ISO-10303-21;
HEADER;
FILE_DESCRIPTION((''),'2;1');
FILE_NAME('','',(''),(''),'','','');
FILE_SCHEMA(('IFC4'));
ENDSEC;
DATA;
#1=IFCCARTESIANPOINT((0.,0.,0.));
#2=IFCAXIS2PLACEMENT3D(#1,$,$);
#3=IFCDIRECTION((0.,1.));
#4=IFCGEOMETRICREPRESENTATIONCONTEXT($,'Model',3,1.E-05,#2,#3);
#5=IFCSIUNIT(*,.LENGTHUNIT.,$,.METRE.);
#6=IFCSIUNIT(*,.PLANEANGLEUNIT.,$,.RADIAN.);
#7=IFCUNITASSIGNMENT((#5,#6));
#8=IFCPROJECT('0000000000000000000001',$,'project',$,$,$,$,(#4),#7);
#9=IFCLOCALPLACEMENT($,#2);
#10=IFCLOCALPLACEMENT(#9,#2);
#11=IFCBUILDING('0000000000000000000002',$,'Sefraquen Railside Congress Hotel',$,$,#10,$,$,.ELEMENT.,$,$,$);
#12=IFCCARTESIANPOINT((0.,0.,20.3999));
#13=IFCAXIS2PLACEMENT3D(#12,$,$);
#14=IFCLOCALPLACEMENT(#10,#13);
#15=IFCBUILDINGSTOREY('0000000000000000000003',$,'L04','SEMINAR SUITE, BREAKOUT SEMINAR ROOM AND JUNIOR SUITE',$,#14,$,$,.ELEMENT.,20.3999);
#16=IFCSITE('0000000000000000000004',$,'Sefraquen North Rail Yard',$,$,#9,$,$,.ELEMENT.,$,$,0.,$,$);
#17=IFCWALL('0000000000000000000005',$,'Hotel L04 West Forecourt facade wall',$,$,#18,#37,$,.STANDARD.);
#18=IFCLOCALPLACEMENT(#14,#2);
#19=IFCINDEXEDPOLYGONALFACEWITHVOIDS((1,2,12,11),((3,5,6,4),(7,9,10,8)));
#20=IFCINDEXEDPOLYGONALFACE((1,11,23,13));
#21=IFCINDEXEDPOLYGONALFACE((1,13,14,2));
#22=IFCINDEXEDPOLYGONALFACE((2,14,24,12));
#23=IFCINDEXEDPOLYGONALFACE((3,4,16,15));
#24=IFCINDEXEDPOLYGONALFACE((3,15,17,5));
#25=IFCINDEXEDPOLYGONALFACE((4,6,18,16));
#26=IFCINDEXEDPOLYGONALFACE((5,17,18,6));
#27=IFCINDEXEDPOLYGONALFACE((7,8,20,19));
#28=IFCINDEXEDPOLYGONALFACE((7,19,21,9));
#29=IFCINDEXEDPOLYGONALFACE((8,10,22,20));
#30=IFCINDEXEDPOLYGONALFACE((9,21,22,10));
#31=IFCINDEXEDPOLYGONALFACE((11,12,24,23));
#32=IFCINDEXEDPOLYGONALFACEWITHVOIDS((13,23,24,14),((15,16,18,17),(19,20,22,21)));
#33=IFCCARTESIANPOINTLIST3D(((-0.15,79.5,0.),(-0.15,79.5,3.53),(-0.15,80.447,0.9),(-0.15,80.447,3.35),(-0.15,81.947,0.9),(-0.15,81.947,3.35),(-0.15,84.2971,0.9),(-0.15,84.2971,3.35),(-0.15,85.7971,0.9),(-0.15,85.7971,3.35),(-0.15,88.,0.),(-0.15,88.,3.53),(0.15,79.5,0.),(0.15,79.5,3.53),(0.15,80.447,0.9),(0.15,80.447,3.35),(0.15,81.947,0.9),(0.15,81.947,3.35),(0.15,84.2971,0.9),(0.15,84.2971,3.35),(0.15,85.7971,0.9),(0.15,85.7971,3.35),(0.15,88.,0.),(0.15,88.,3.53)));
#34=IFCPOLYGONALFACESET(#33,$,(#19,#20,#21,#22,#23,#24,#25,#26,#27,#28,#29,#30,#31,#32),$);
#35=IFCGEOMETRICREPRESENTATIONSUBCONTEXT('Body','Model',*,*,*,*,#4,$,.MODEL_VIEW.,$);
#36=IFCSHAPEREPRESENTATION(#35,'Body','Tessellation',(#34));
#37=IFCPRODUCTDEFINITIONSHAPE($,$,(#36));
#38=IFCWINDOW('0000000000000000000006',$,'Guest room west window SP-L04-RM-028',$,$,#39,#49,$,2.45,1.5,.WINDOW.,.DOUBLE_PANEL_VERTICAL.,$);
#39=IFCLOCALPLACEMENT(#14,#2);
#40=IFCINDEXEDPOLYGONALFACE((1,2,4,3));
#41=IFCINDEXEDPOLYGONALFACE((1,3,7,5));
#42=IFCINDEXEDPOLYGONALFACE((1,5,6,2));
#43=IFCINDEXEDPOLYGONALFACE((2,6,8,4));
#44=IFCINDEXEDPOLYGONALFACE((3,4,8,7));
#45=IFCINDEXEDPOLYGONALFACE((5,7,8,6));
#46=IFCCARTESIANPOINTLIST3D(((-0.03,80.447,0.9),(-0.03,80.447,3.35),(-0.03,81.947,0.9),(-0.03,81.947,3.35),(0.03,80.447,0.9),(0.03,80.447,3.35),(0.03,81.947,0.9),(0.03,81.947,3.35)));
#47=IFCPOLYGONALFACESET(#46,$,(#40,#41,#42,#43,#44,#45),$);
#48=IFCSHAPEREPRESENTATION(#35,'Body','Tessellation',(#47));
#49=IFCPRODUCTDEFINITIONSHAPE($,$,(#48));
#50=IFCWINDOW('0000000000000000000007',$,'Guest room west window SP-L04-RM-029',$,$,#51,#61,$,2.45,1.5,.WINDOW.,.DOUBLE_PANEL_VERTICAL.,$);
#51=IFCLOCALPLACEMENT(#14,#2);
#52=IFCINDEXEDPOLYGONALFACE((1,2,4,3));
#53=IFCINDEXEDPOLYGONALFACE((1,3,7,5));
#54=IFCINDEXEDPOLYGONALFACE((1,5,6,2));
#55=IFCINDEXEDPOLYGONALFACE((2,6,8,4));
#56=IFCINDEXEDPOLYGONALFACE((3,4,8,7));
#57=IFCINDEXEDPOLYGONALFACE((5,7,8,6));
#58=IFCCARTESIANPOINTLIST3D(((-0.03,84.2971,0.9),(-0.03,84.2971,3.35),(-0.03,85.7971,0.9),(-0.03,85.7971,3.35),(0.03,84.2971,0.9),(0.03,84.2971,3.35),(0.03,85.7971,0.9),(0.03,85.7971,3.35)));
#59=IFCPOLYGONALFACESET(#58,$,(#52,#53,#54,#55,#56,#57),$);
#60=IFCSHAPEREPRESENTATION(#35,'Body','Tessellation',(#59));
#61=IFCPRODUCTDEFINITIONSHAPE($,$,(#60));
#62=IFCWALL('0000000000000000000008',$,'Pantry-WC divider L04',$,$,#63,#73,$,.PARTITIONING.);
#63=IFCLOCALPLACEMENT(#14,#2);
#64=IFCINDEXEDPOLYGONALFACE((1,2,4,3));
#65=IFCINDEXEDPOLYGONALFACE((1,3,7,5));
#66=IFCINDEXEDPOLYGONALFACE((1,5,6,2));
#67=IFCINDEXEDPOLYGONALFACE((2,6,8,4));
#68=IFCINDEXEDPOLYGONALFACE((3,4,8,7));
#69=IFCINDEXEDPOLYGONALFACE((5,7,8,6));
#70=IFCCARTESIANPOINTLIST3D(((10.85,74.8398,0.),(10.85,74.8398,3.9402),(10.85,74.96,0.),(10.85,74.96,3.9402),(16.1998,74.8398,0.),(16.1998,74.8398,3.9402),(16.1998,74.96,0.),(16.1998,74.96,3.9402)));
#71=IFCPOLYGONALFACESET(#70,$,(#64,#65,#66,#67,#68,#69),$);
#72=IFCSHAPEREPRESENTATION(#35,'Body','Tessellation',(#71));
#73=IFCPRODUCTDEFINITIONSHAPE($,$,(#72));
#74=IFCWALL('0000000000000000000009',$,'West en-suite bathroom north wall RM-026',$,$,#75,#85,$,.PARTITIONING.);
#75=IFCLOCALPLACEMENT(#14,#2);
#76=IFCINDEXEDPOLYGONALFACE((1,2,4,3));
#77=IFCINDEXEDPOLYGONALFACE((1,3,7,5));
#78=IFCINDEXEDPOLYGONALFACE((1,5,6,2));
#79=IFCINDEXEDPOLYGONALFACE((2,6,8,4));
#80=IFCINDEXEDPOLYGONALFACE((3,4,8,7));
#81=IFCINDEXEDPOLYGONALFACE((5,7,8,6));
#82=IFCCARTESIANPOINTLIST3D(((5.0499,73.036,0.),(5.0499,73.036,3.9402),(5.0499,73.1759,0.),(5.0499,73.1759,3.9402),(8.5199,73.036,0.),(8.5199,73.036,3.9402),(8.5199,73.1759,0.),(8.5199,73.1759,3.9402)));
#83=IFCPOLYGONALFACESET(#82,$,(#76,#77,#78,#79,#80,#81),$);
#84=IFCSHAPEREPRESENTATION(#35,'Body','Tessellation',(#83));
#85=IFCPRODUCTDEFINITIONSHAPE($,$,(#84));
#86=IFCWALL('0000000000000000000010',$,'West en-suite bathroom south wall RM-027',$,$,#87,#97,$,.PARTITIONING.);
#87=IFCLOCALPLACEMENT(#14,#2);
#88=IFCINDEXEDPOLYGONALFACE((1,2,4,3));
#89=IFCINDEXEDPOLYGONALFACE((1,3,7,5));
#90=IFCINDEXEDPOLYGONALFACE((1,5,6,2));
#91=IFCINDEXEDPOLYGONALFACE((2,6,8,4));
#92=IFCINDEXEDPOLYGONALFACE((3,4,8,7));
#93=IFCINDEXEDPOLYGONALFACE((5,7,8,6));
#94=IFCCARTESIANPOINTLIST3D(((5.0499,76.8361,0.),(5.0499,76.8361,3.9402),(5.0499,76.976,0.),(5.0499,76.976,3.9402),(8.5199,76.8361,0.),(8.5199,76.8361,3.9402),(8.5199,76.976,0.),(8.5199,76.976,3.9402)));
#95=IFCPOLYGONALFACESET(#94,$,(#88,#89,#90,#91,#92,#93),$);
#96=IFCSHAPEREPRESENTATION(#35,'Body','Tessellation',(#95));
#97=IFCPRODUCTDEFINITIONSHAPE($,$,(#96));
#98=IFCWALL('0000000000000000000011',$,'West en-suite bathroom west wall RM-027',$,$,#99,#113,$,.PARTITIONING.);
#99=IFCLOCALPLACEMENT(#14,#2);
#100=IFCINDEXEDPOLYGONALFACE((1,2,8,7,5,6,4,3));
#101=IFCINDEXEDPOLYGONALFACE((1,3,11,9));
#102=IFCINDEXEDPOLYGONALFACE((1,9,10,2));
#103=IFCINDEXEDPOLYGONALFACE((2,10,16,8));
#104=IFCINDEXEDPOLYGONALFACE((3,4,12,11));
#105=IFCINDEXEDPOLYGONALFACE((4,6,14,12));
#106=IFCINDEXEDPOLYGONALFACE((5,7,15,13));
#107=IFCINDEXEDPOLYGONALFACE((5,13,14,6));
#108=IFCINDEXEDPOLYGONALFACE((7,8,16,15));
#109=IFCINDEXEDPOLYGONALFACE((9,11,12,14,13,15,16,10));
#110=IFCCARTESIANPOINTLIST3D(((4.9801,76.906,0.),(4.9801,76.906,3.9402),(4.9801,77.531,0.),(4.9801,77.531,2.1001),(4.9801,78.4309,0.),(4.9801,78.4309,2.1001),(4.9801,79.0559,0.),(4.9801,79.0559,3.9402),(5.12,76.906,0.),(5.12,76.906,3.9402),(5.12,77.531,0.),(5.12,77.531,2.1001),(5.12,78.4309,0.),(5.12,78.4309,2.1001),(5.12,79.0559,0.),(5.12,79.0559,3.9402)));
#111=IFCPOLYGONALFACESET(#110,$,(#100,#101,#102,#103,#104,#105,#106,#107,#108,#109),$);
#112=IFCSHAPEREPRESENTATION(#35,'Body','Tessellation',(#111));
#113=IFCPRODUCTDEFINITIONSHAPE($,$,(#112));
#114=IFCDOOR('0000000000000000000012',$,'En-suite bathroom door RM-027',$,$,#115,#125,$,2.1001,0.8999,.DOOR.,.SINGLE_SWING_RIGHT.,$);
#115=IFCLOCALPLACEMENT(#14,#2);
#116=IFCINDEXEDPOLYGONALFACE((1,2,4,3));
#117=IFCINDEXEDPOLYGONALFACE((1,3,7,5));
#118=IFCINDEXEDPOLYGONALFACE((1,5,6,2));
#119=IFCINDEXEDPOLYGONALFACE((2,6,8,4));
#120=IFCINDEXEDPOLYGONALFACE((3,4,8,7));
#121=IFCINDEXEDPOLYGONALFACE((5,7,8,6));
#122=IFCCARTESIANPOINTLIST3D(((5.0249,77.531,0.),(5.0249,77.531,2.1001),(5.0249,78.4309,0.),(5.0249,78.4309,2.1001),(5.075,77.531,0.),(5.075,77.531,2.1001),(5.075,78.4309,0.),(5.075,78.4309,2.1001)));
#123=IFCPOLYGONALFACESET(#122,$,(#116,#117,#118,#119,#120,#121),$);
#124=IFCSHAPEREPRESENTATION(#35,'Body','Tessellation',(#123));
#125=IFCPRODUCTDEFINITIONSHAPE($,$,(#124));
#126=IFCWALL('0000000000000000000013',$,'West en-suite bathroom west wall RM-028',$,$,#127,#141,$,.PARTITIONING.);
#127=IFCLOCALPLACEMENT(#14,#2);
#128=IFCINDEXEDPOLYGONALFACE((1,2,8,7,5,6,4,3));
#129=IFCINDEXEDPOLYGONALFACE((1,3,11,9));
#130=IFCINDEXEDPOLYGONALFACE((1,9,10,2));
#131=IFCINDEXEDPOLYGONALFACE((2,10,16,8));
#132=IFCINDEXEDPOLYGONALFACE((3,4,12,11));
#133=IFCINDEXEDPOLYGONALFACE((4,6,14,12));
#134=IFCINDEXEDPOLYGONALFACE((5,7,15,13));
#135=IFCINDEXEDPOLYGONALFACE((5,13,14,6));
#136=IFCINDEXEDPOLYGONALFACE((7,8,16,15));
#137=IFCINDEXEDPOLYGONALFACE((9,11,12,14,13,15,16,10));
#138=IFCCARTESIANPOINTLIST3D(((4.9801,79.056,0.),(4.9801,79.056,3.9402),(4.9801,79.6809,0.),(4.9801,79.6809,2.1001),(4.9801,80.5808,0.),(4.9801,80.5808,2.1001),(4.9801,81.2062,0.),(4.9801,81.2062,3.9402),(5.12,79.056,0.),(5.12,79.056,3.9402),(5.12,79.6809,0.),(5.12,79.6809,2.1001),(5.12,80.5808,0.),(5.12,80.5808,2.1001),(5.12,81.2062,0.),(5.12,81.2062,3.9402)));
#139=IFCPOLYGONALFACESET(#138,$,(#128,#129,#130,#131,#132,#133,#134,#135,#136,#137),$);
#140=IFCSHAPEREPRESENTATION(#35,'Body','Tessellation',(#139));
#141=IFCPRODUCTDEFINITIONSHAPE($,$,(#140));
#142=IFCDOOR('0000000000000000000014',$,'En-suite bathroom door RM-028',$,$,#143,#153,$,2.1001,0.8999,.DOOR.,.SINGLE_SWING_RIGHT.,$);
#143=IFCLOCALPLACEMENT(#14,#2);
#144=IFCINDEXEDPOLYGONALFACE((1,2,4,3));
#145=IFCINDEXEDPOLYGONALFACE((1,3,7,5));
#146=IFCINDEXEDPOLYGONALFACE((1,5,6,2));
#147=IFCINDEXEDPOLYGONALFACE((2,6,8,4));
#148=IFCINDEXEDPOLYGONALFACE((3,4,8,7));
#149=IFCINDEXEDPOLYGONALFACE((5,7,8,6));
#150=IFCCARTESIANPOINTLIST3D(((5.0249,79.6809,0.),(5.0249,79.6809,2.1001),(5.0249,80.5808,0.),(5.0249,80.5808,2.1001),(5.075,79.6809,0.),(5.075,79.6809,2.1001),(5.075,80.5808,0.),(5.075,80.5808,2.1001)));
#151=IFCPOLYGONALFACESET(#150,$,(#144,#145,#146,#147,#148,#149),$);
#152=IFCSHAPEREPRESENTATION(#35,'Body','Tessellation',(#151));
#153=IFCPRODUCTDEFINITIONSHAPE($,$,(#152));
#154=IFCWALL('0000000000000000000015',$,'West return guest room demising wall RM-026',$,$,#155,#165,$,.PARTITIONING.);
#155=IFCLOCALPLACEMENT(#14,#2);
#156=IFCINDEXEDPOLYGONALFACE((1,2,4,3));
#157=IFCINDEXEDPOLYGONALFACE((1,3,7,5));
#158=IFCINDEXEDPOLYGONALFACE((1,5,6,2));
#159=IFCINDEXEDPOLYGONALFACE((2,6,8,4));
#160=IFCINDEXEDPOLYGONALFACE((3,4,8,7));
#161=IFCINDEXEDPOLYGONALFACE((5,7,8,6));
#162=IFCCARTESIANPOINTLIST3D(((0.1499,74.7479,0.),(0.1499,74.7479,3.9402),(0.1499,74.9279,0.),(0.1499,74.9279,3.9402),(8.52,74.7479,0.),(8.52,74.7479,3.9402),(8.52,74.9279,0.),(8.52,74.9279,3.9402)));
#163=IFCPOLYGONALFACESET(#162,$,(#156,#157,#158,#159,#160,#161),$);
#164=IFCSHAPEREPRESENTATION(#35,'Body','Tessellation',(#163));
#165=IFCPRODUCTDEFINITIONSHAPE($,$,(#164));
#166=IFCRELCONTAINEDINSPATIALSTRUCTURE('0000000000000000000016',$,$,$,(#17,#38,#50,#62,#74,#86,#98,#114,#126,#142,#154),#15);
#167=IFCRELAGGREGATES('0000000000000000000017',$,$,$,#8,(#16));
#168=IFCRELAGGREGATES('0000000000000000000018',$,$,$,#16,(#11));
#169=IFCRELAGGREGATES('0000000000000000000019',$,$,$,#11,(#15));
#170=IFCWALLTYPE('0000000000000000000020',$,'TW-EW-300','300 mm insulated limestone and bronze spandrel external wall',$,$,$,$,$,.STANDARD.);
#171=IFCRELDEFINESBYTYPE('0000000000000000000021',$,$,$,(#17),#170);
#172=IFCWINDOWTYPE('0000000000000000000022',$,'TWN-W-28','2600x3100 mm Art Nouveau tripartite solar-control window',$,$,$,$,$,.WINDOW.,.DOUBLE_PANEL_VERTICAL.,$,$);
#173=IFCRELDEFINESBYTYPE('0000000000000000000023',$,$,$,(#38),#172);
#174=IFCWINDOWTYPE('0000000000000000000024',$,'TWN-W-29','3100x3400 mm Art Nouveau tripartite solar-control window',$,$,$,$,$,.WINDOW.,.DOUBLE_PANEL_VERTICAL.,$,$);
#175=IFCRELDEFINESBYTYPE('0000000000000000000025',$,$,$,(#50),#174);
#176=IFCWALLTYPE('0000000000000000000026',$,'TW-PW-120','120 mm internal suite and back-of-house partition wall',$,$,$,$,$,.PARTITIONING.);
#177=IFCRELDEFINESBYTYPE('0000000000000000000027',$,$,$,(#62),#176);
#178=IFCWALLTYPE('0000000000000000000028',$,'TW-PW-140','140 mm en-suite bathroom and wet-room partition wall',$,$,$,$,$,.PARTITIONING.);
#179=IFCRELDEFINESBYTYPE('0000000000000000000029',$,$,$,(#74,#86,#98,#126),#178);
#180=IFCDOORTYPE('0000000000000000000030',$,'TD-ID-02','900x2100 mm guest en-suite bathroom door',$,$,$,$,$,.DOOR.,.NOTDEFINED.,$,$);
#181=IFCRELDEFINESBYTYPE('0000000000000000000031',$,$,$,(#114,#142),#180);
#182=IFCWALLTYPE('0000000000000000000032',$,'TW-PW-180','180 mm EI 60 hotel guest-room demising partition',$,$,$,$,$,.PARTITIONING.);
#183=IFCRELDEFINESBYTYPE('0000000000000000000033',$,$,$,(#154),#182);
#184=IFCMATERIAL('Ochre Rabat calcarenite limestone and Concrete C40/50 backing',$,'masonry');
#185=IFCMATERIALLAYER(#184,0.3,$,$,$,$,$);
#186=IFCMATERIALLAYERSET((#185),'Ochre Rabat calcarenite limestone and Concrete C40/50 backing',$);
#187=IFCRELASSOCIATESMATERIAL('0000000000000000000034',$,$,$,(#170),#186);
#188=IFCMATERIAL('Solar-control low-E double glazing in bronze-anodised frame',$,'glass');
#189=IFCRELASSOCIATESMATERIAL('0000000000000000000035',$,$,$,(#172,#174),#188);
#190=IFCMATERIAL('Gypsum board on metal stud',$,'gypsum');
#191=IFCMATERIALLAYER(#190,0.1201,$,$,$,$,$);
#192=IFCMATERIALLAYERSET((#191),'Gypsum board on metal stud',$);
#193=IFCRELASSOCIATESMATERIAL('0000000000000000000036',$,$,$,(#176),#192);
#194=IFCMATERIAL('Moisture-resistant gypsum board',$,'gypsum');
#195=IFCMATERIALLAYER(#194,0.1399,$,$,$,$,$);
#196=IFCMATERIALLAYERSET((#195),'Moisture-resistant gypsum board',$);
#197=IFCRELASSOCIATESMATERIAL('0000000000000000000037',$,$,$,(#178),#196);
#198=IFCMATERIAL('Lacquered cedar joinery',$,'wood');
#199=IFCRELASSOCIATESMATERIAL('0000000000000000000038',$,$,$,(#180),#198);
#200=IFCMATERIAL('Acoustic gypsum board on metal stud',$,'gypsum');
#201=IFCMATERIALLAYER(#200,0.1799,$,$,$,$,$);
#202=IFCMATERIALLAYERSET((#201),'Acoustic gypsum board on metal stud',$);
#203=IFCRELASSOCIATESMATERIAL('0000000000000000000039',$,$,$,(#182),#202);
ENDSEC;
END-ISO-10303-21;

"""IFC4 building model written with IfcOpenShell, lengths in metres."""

from ifc_helpers import new_model, si_unit, direction, frame, frame_2d, origin, place, context, subcontext, project, spatial, rectangle, extrude, material, layer, layer_set, type_object, element, fill, save


model = new_model("IFC4")

# Units and contexts
model_context = context("Model", 3, precision=1e-05, world=origin(), true_north=direction((0.0, 1.0)))
body_context = subcontext(model_context, "Body", "Model", "MODEL_VIEW")
ifc_project = project(units=[si_unit("LENGTHUNIT", "METRE"), si_unit("PLANEANGLEUNIT", "RADIAN")], contexts=[model_context])

# Site, building, storey
site_placement = place(None, origin())
site = spatial("IfcSite", under=ifc_project, at=site_placement, Name="Sefraquen North Rail Yard", CompositionType="ELEMENT", RefElevation=0.0)
building_placement = place(site_placement, origin())
building = spatial("IfcBuilding", under=site, at=building_placement, Name="Sefraquen Railside Congress Hotel", CompositionType="ELEMENT")
storey_placement = place(building_placement, frame((0.0, 0.0, 20.3999)))
storey = spatial("IfcBuildingStorey", under=building, at=storey_placement, Name="L04", Description="SEMINAR SUITE, BREAKOUT SEMINAR ROOM AND JUNIOR SUITE", CompositionType="ELEMENT", Elevation=20.3999)

# Wall, openings, windows
ifc_material_1 = material(Name="Ochre Rabat calcarenite limestone and Concrete C40/50 backing", Category="masonry")
ifc_layer_1 = layer(ifc_material_1, 0.3)
ifc_layer_set_1 = layer_set([ifc_layer_1], Name="Ochre Rabat calcarenite limestone and Concrete C40/50 backing")
wall_type_1 = type_object("IfcWallType", Name="TW-EW-300", Description="300 mm insulated limestone and bronze spandrel external wall", PredefinedType="STANDARD", material=ifc_layer_set_1)
wall_1_placement = place(storey_placement, frame((0.0, 79.5, 0.0), z_axis=(0.0, 0.0, 1.0), x_axis=(0.0, 1.0, 0.0)))
wall_1 = element("IfcWall", 1, at=wall_1_placement, inside=storey, type_object=wall_type_1, Name="Hotel L04 West Forecourt facade wall", PredefinedType="STANDARD", context=body_context, shape_type="SweptSolid", body=[
    extrude(rectangle(XDim=8.5, YDim=0.3, at=frame_2d((4.25, 0.0))), origin(), (0.0, 0.0, 1.0), 3.53),
])
opening_1_placement = place(wall_1_placement, frame((0.947, 0.0, 0.8999)))
opening_1 = element("IfcOpeningElement", 2, at=opening_1_placement, cuts=wall_1, PredefinedType="OPENING", context=body_context, shape_type="SweptSolid", body=[
    extrude(rectangle(XDim=1.5, YDim=2.45, at=frame_2d((0.75, 1.2251))), frame((0.0, 0.1599, 0.0), z_axis=(0.0, -1.0, 0.0), x_axis=(1.0, 0.0, 0.0)), (0.0, 0.0, 1.0), 0.3201),
])
opening_2_placement = place(wall_1_placement, frame((4.7971, 0.0, 0.8999)))
opening_2 = element("IfcOpeningElement", 3, at=opening_2_placement, cuts=wall_1, PredefinedType="OPENING", context=body_context, shape_type="SweptSolid", body=[
    extrude(rectangle(XDim=1.5, YDim=2.45, at=frame_2d((0.75, 1.2251))), frame((0.0, 0.1599, 0.0), z_axis=(0.0, -1.0, 0.0), x_axis=(1.0, 0.0, 0.0)), (0.0, 0.0, 1.0), 0.3201),
])
ifc_material_2 = material(Name="Solar-control low-E double glazing in bronze-anodised frame", Category="glass")
window_type_1 = type_object("IfcWindowType", Name="TWN-W-28", Description="2600x3100 mm Art Nouveau tripartite solar-control window", PartitioningType="DOUBLE_PANEL_VERTICAL", PredefinedType="WINDOW", material=ifc_material_2)
window_1_placement = place(opening_1_placement, origin())
window_1 = element("IfcWindow", 4, at=window_1_placement, inside=storey, type_object=window_type_1, Name="Guest room west window SP-L04-RM-028", OverallHeight=2.45, OverallWidth=1.5, PartitioningType="DOUBLE_PANEL_VERTICAL", PredefinedType="WINDOW", context=body_context, shape_type="SweptSolid", body=[
    extrude(rectangle(XDim=1.5, YDim=2.45, at=frame_2d((0.75, 1.2251))), frame((0.0, 0.03, 0.0), z_axis=(0.0, -1.0, 0.0), x_axis=(1.0, 0.0, 0.0)), (0.0, 0.0, 1.0), 0.0601),
])
fill(opening_1, window_1)
window_type_2 = type_object("IfcWindowType", Name="TWN-W-29", Description="3100x3400 mm Art Nouveau tripartite solar-control window", PartitioningType="DOUBLE_PANEL_VERTICAL", PredefinedType="WINDOW", material=ifc_material_2)
window_2_placement = place(opening_2_placement, origin())
window_2 = element("IfcWindow", 5, at=window_2_placement, inside=storey, type_object=window_type_2, Name="Guest room west window SP-L04-RM-029", OverallHeight=2.45, OverallWidth=1.5, PartitioningType="DOUBLE_PANEL_VERTICAL", PredefinedType="WINDOW", context=body_context, shape_type="SweptSolid", body=[
    extrude(rectangle(XDim=1.5, YDim=2.45, at=frame_2d((0.75, 1.2251))), frame((0.0, 0.03, 0.0), z_axis=(0.0, -1.0, 0.0), x_axis=(1.0, 0.0, 0.0)), (0.0, 0.0, 1.0), 0.0601),
])
fill(opening_2, window_2)

# Walls
ifc_material_3 = material(Name="Gypsum board on metal stud", Category="gypsum")
ifc_layer_2 = layer(ifc_material_3, 0.1201)
ifc_layer_set_2 = layer_set([ifc_layer_2], Name="Gypsum board on metal stud")
wall_type_2 = type_object("IfcWallType", Name="TW-PW-120", Description="120 mm internal suite and back-of-house partition wall", PredefinedType="PARTITIONING", material=ifc_layer_set_2)
wall_2_placement = place(storey_placement, frame((10.8501, 74.8999, 0.0), z_axis=(0.0, 0.0, 1.0), x_axis=(1.0, 0.0, 0.0)))
element("IfcWall", 6, at=wall_2_placement, inside=storey, type_object=wall_type_2, Name="Pantry-WC divider L04", PredefinedType="PARTITIONING", context=body_context, shape_type="SweptSolid", body=[
    extrude(rectangle(XDim=5.3499, YDim=0.1201, at=frame_2d((2.6748, 0.0))), origin(), (0.0, 0.0, 1.0), 3.9402),
])
ifc_material_4 = material(Name="Moisture-resistant gypsum board", Category="gypsum")
ifc_layer_3 = layer(ifc_material_4, 0.1399)
ifc_layer_set_3 = layer_set([ifc_layer_3], Name="Moisture-resistant gypsum board")
wall_type_3 = type_object("IfcWallType", Name="TW-PW-140", Description="140 mm en-suite bathroom and wet-room partition wall", PredefinedType="PARTITIONING", material=ifc_layer_set_3)
for number, where, z_axis, x_axis, name in (
    (7, (5.05, 73.106, 0.0), (0.0, 0.0, 1.0), (1.0, 0.0, 0.0), "West en-suite bathroom north wall RM-026"),
    (8, (5.05, 76.906, 0.0), (0.0, 0.0, 1.0), (1.0, 0.0, 0.0), "West en-suite bathroom south wall RM-027"),
):
    element("IfcWall", number, at=place(storey_placement, frame(where, z_axis=z_axis, x_axis=x_axis)), inside=storey, type_object=wall_type_3, Name=name, PredefinedType="PARTITIONING", context=body_context, shape_type="SweptSolid", body=[
        extrude(rectangle(XDim=3.47, YDim=0.1399, at=frame_2d((1.7349, 0.0))), origin(), (0.0, 0.0, 1.0), 3.9402),
    ])

# Walls, openings, doors
wall_3_placement = place(storey_placement, frame((5.05, 76.906, 0.0), z_axis=(0.0, 0.0, 1.0), x_axis=(0.0, 1.0, 0.0)))
wall_3 = element("IfcWall", 9, at=wall_3_placement, inside=storey, type_object=wall_type_3, Name="West en-suite bathroom west wall RM-027", PredefinedType="PARTITIONING", context=body_context, shape_type="SweptSolid", body=[
    extrude(rectangle(XDim=2.1499, YDim=0.1399, at=frame_2d((1.075, 0.0))), origin(), (0.0, 0.0, 1.0), 3.9402),
])
opening_3_placement = place(wall_3_placement, frame((0.625, 0.0, 0.0)))
opening_3 = element("IfcOpeningElement", 10, at=opening_3_placement, cuts=wall_3, PredefinedType="OPENING", context=body_context, shape_type="SweptSolid", body=[
    extrude(rectangle(XDim=0.8999, YDim=2.1001, at=frame_2d((0.45, 1.05))), frame((0.0, 0.0798, 0.0), z_axis=(0.0, -1.0, 0.0), x_axis=(1.0, 0.0, 0.0)), (0.0, 0.0, 1.0), 0.1599),
])
ifc_material_5 = material(Name="Lacquered cedar joinery", Category="wood")
door_type = type_object("IfcDoorType", Name="TD-ID-02", Description="900x2100 mm guest en-suite bathroom door", OperationType="NOTDEFINED", PredefinedType="DOOR", material=ifc_material_5)
door_1_placement = place(opening_3_placement, frame((0.8999, 0.0, 0.0), z_axis=(0.0, 0.0, 1.0), x_axis=(-1.0, 0.0, 0.0)))
door_1 = element("IfcDoor", 11, at=door_1_placement, inside=storey, type_object=door_type, Name="En-suite bathroom door RM-027", OperationType="SINGLE_SWING_RIGHT", OverallHeight=2.1001, OverallWidth=0.8999, PredefinedType="DOOR", context=body_context, shape_type="SweptSolid", body=[
    extrude(rectangle(XDim=0.8999, YDim=2.1001, at=frame_2d((0.45, 1.05))), frame((0.0, 0.0249, 0.0), z_axis=(0.0, -1.0, 0.0), x_axis=(1.0, 0.0, 0.0)), (0.0, 0.0, 1.0), 0.05),
])
fill(opening_3, door_1)
wall_4_placement = place(storey_placement, frame((5.05, 79.0559, 0.0), z_axis=(0.0, 0.0, 1.0), x_axis=(0.0, 1.0, 0.0)))
wall_4 = element("IfcWall", 12, at=wall_4_placement, inside=storey, type_object=wall_type_3, Name="West en-suite bathroom west wall RM-028", PredefinedType="PARTITIONING", context=body_context, shape_type="SweptSolid", body=[
    extrude(rectangle(XDim=2.1501, YDim=0.1399, at=frame_2d((1.0752, 0.0))), origin(), (0.0, 0.0, 1.0), 3.9402),
])
opening_4_placement = place(wall_4_placement, frame((0.625, 0.0, 0.0)))
opening_4 = element("IfcOpeningElement", 13, at=opening_4_placement, cuts=wall_4, PredefinedType="OPENING", context=body_context, shape_type="SweptSolid", body=[
    extrude(rectangle(XDim=0.8999, YDim=2.1001, at=frame_2d((0.45, 1.05))), frame((0.0, 0.0798, 0.0), z_axis=(0.0, -1.0, 0.0), x_axis=(1.0, 0.0, 0.0)), (0.0, 0.0, 1.0), 0.1599),
])
door_2_placement = place(opening_4_placement, frame((0.8999, 0.0, 0.0), z_axis=(0.0, 0.0, 1.0), x_axis=(-1.0, 0.0, 0.0)))
door_2 = element("IfcDoor", 14, at=door_2_placement, inside=storey, type_object=door_type, Name="En-suite bathroom door RM-028", OperationType="SINGLE_SWING_RIGHT", OverallHeight=2.1001, OverallWidth=0.8999, PredefinedType="DOOR", context=body_context, shape_type="SweptSolid", body=[
    extrude(rectangle(XDim=0.8999, YDim=2.1001, at=frame_2d((0.45, 1.05))), frame((0.0, 0.0249, 0.0), z_axis=(0.0, -1.0, 0.0), x_axis=(1.0, 0.0, 0.0)), (0.0, 0.0, 1.0), 0.05),
])
fill(opening_4, door_2)

# Wall
ifc_material_6 = material(Name="Acoustic gypsum board on metal stud", Category="gypsum")
ifc_layer_4 = layer(ifc_material_6, 0.1799)
ifc_layer_set_4 = layer_set([ifc_layer_4], Name="Acoustic gypsum board on metal stud")
wall_type_4 = type_object("IfcWallType", Name="TW-PW-180", Description="180 mm EI 60 hotel guest-room demising partition", PredefinedType="PARTITIONING", material=ifc_layer_set_4)
for number, where, z_axis, x_axis, name in (
    (15, (0.1499, 74.8379, 0.0), (0.0, 0.0, 1.0), (1.0, 0.0, 0.0), "West return guest room demising wall RM-026"),
):
    element("IfcWall", number, at=place(storey_placement, frame(where, z_axis=z_axis, x_axis=x_axis)), inside=storey, type_object=wall_type_4, Name=name, PredefinedType="PARTITIONING", context=body_context, shape_type="SweptSolid", body=[
        extrude(rectangle(XDim=8.3701, YDim=0.1799, at=frame_2d((4.1851, 0.0))), origin(), (0.0, 0.0, 1.0), 3.9402),
    ])

save(model, "model.ifc")
